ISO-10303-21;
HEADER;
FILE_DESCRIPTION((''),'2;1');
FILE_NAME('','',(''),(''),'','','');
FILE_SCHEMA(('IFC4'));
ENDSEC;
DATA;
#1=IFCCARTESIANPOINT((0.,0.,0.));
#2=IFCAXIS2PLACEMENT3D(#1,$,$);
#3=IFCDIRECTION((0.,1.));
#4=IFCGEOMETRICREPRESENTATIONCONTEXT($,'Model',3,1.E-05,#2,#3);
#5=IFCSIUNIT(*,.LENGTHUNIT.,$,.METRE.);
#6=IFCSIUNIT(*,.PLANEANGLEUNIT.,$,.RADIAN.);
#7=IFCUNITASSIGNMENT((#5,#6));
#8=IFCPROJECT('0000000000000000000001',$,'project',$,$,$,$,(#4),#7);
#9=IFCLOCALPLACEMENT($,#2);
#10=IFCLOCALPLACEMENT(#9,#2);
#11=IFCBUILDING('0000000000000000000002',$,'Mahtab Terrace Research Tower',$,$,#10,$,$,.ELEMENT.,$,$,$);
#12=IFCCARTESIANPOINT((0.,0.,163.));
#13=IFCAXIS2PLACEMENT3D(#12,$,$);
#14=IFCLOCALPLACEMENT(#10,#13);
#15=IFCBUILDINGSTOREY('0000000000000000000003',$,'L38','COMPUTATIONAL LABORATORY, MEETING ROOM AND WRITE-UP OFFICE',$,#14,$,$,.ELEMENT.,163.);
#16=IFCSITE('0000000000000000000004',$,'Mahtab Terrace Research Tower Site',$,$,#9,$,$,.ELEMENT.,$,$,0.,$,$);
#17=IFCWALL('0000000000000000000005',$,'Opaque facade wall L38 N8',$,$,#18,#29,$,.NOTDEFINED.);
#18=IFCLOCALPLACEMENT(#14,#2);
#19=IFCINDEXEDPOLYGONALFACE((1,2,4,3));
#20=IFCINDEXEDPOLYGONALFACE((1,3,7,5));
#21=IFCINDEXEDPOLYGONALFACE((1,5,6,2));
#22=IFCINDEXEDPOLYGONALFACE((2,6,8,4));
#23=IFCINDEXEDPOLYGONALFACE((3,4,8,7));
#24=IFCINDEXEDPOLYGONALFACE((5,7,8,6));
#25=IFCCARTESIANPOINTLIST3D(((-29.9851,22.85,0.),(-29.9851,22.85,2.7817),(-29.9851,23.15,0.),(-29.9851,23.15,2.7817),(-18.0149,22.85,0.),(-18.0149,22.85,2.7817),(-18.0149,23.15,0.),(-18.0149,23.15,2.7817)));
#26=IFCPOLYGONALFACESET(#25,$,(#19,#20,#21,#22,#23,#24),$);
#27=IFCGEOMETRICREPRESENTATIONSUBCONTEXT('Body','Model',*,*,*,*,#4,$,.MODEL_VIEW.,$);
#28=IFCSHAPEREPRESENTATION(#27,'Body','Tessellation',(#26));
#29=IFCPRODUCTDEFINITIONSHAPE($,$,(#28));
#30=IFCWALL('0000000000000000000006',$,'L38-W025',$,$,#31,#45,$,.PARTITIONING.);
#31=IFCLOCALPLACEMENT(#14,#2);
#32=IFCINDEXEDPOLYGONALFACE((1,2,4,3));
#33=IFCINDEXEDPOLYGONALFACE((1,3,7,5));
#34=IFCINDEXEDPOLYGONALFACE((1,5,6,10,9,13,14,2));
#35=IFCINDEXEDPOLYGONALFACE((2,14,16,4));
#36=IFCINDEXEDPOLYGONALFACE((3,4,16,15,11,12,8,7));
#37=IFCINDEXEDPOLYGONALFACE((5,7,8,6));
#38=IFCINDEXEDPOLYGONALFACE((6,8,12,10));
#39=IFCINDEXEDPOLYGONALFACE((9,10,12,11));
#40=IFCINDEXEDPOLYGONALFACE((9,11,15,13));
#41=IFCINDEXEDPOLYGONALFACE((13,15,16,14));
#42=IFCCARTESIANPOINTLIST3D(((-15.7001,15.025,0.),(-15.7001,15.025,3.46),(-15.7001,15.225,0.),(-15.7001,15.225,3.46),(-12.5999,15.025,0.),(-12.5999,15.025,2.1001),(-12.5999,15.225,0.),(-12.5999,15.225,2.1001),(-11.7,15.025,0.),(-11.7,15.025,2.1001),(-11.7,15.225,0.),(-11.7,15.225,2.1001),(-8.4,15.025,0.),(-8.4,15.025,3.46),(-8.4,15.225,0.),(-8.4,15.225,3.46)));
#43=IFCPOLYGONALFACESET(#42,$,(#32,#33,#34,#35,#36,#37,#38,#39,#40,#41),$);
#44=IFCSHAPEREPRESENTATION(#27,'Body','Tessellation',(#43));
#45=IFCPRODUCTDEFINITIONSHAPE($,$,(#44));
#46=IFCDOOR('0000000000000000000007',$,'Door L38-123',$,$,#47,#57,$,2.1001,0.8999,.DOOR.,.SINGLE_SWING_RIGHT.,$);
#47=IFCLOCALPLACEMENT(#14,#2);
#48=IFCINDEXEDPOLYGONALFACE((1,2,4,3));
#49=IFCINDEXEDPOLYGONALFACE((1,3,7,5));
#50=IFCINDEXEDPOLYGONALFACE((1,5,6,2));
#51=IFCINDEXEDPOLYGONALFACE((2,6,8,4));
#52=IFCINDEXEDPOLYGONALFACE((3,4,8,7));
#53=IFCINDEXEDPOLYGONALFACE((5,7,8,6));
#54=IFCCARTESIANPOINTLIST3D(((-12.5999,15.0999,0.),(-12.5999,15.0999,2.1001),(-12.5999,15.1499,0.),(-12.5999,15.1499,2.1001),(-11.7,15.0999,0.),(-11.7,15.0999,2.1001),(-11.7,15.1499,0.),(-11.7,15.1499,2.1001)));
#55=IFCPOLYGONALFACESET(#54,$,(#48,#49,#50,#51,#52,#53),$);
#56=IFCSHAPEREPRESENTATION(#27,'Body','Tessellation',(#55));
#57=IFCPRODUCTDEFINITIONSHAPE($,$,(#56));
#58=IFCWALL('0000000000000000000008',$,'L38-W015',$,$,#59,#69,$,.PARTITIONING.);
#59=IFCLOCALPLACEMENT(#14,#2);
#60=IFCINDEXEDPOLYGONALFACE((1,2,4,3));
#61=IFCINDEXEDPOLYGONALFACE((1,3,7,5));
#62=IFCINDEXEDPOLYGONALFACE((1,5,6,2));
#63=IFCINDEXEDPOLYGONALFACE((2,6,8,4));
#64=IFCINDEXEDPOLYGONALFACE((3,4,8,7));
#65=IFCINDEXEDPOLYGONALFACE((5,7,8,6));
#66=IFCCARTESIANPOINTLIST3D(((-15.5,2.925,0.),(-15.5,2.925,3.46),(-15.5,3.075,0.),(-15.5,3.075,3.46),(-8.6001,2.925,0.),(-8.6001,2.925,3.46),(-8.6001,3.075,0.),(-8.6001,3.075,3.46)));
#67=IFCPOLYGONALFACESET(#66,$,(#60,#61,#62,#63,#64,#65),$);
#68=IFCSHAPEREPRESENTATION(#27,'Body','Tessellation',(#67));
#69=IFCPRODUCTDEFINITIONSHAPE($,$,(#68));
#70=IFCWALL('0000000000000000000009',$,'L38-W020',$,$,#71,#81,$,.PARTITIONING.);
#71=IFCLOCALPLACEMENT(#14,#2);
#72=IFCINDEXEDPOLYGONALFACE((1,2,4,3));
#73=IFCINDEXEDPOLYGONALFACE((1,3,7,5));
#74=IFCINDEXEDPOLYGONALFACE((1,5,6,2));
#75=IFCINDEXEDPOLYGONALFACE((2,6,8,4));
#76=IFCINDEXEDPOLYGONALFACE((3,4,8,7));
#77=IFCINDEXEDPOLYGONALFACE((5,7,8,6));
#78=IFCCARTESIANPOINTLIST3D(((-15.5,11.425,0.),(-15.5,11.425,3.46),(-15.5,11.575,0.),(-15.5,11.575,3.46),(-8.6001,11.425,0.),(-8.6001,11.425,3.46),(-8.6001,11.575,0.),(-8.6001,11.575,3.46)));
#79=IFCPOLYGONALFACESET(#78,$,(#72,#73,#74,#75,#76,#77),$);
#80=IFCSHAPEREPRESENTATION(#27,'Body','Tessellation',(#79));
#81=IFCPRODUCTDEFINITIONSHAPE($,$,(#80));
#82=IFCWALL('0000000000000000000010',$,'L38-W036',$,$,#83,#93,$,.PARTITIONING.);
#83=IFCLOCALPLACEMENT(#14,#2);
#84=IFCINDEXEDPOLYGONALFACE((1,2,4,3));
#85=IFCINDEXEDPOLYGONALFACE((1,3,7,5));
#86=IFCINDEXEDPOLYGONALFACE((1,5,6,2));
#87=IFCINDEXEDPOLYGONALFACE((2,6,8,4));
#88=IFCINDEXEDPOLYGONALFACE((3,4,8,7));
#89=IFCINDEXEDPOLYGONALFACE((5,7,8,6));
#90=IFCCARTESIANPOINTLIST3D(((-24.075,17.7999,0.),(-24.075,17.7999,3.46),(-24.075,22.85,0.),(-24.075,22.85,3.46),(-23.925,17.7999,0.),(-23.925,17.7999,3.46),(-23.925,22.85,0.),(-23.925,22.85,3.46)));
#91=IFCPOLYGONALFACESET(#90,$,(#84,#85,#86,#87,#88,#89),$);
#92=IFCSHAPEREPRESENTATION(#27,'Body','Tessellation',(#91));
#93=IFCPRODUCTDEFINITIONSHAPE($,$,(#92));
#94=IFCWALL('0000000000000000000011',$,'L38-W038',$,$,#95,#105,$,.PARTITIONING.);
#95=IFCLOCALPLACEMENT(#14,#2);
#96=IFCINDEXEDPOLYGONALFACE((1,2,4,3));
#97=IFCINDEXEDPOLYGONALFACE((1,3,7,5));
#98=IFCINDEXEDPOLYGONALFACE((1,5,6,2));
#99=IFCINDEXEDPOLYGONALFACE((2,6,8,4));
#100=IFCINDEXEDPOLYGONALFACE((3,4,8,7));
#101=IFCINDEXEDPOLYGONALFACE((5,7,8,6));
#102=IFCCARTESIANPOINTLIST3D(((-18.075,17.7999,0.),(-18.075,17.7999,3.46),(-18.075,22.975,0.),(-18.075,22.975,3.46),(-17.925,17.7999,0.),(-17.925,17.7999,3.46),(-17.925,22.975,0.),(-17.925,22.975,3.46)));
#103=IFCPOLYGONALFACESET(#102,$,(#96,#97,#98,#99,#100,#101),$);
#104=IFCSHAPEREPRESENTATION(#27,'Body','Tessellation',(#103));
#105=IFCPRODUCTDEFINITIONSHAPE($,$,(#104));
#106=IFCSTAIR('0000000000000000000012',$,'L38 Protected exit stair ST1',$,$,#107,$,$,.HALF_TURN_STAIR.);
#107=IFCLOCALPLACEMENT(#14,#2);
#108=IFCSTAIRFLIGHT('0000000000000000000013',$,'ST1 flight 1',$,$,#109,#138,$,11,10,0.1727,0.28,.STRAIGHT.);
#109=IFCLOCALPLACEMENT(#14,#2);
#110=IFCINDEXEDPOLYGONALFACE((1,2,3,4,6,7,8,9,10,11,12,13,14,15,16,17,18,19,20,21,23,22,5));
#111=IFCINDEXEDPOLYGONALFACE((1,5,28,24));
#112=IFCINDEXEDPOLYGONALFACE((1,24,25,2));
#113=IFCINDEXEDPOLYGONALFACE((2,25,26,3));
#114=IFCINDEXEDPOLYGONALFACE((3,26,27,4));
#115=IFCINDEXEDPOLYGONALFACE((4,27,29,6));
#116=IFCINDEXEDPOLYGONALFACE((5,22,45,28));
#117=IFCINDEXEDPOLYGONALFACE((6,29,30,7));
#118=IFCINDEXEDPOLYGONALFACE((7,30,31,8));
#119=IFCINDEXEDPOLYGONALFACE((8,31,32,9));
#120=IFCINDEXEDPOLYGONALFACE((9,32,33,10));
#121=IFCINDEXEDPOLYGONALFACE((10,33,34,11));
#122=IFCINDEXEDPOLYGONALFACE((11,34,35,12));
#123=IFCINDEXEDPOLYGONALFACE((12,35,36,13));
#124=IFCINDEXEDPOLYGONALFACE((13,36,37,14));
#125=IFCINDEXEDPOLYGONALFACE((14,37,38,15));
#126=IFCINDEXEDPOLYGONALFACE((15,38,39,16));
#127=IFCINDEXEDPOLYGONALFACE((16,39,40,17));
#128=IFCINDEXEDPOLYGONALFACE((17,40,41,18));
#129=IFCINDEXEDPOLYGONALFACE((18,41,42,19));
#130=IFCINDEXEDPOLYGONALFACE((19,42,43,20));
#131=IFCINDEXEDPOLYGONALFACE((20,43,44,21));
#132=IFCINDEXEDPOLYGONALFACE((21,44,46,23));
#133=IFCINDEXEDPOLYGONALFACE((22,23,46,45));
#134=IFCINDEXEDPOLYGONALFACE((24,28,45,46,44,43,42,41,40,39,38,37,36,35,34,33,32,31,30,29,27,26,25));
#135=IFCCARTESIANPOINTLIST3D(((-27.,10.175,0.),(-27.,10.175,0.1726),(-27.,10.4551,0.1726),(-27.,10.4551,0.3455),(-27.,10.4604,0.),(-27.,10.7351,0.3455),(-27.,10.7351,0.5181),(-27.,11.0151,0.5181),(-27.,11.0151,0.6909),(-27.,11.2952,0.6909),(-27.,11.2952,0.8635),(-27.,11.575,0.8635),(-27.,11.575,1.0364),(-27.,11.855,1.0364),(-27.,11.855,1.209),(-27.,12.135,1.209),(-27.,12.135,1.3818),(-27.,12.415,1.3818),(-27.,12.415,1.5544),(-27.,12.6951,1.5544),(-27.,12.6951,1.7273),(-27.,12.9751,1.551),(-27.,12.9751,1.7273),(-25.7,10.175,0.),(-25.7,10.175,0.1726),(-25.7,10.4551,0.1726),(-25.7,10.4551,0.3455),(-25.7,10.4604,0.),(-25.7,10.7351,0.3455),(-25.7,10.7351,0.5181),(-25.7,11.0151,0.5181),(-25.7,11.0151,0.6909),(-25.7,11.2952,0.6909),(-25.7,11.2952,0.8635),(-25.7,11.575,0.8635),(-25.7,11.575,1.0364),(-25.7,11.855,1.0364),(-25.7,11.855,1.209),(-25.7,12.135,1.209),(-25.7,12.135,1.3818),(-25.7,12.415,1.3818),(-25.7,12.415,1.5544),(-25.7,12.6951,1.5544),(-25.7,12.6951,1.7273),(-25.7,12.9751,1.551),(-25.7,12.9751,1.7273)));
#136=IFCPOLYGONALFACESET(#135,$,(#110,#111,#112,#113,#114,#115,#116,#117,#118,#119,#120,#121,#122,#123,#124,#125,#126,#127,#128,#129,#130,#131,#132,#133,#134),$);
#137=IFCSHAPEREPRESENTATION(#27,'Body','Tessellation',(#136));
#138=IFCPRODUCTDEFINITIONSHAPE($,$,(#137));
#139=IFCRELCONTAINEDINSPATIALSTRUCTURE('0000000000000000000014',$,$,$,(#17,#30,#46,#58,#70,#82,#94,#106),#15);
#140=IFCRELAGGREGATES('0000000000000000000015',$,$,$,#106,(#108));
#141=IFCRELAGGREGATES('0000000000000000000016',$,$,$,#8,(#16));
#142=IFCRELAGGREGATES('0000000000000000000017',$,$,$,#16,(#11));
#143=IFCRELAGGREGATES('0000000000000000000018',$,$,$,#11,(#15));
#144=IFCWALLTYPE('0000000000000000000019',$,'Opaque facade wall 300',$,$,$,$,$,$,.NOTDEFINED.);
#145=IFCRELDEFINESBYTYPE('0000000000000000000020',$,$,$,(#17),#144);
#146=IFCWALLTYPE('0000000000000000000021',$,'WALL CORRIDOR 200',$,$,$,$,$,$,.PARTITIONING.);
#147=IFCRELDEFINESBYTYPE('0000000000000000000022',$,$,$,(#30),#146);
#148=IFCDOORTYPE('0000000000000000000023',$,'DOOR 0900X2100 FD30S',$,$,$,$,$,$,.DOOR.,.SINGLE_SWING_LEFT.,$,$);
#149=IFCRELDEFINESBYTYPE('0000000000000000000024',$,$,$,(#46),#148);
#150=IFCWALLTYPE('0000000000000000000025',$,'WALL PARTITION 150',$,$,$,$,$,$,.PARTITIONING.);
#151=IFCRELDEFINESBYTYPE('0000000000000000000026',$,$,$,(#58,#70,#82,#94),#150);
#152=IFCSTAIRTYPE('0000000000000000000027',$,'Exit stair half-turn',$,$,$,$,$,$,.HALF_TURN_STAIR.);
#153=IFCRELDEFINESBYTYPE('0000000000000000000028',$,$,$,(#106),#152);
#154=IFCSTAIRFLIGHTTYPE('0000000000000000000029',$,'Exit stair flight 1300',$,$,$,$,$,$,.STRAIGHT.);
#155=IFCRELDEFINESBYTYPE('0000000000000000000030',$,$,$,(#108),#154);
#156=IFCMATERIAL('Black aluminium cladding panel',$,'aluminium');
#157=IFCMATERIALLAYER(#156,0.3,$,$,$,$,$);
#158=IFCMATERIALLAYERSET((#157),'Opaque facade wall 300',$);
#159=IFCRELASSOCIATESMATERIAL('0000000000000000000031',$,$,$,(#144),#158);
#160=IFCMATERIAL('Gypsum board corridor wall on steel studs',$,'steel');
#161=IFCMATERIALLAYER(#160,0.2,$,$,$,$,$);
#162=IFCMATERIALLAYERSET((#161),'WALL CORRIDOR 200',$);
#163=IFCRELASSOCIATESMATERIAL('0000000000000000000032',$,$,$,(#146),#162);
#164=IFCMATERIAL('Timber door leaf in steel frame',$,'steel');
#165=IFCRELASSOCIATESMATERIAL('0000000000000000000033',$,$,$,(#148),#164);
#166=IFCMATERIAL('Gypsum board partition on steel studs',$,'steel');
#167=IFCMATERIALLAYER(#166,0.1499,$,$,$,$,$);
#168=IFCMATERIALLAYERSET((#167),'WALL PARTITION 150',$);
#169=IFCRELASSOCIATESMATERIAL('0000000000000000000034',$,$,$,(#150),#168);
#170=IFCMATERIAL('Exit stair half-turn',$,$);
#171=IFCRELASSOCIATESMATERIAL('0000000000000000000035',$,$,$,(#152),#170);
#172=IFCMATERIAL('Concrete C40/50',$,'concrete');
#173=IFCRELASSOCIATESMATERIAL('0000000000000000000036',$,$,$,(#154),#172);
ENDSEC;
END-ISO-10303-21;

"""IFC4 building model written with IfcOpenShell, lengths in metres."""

from ifc_helpers import new_model, si_unit, direction, frame, frame_2d, origin, place, context, subcontext, project, spatial, polyline, rectangle, outline, extrude, material, layer, layer_set, type_object, element, fill, aggregate, save


model = new_model("IFC4")

# Units and contexts
model_context = context("Model", 3, precision=1e-05, world=origin(), true_north=direction((0.0, 1.0)))
body_context = subcontext(model_context, "Body", "Model", "MODEL_VIEW")
ifc_project = project(units=[si_unit("LENGTHUNIT", "METRE"), si_unit("PLANEANGLEUNIT", "RADIAN")], contexts=[model_context])

# Site, building, storey
site_placement = place(None, origin())
site = spatial("IfcSite", under=ifc_project, at=site_placement, Name="Mahtab Terrace Research Tower Site", CompositionType="ELEMENT", RefElevation=0.0)
building_placement = place(site_placement, origin())
building = spatial("IfcBuilding", under=site, at=building_placement, Name="Mahtab Terrace Research Tower", CompositionType="ELEMENT")
storey_placement = place(building_placement, frame((0.0, 0.0, 163.0)))
storey = spatial("IfcBuildingStorey", under=building, at=storey_placement, Name="L38", Description="COMPUTATIONAL LABORATORY, MEETING ROOM AND WRITE-UP OFFICE", CompositionType="ELEMENT", Elevation=163.0)

# Wall
ifc_material_1 = material(Name="Black aluminium cladding panel", Category="aluminium")
ifc_layer_1 = layer(ifc_material_1, 0.3)
ifc_layer_set_1 = layer_set([ifc_layer_1], Name="Opaque facade wall 300")
wall_type_1 = type_object("IfcWallType", Name="Opaque facade wall 300", PredefinedType="NOTDEFINED", material=ifc_layer_set_1)
wall_1_placement = place(storey_placement, frame((-18.0149, 23.0, 0.0), z_axis=(0.0, 0.0, 1.0), x_axis=(-1.0, 0.0, 0.0)))
element("IfcWall", 1, at=wall_1_placement, inside=storey, type_object=wall_type_1, Name="Opaque facade wall L38 N8", PredefinedType="NOTDEFINED", context=body_context, shape_type="SweptSolid", body=[
    extrude(rectangle(XDim=11.9702, YDim=0.3, at=frame_2d((5.9851, 0.0))), origin(), (0.0, 0.0, 1.0), 2.7817),
])

# Wall, opening, door
ifc_material_2 = material(Name="Gypsum board corridor wall on steel studs", Category="steel")
ifc_layer_2 = layer(ifc_material_2, 0.2)
ifc_layer_set_2 = layer_set([ifc_layer_2], Name="WALL CORRIDOR 200")
wall_type_2 = type_object("IfcWallType", Name="WALL CORRIDOR 200", PredefinedType="PARTITIONING", material=ifc_layer_set_2)
wall_2_placement = place(storey_placement, frame((-15.7, 15.125, 0.0), z_axis=(0.0, 0.0, 1.0), x_axis=(1.0, 0.0, 0.0)))
wall_2 = element("IfcWall", 2, at=wall_2_placement, inside=storey, type_object=wall_type_2, Name="L38-W025", PredefinedType="PARTITIONING", context=body_context, shape_type="SweptSolid", body=[
    extrude(rectangle(XDim=7.3, YDim=0.2, at=frame_2d((3.6499, 0.0))), origin(), (0.0, 0.0, 1.0), 3.46),
])
opening_1_placement = place(wall_2_placement, frame((3.1001, 0.0, 0.0)))
opening_1 = element("IfcOpeningElement", 3, at=opening_1_placement, cuts=wall_2, PredefinedType="OPENING", context=body_context, shape_type="SweptSolid", body=[
    extrude(rectangle(XDim=0.8999, YDim=2.1001, at=frame_2d((0.45, 1.05))), frame((0.0, 0.1099, 0.0), z_axis=(0.0, -1.0, 0.0), x_axis=(1.0, 0.0, 0.0)), (0.0, 0.0, 1.0), 0.22),
])
ifc_material_3 = material(Name="Timber door leaf in steel frame", Category="steel")
door_type_1 = type_object("IfcDoorType", Name="DOOR 0900X2100 FD30S", OperationType="SINGLE_SWING_LEFT", PredefinedType="DOOR", material=ifc_material_3)
door_1_placement = place(opening_1_placement, origin())
door_1 = element("IfcDoor", 4, at=door_1_placement, inside=storey, type_object=door_type_1, Name="Door L38-123", OperationType="SINGLE_SWING_RIGHT", OverallHeight=2.1001, OverallWidth=0.8999, PredefinedType="DOOR", context=body_context, shape_type="SweptSolid", body=[
    extrude(rectangle(XDim=0.8999, YDim=2.1001, at=frame_2d((0.45, 1.05))), frame((0.0, 0.0249, 0.0), z_axis=(0.0, -1.0, 0.0), x_axis=(1.0, 0.0, 0.0)), (0.0, 0.0, 1.0), 0.05),
])
fill(opening_1, door_1)

# Walls
ifc_material_4 = material(Name="Gypsum board partition on steel studs", Category="steel")
ifc_layer_3 = layer(ifc_material_4, 0.1499)
ifc_layer_set_3 = layer_set([ifc_layer_3], Name="WALL PARTITION 150")
wall_type_3 = type_object("IfcWallType", Name="WALL PARTITION 150", PredefinedType="PARTITIONING", material=ifc_layer_set_3)
for number, where, z_axis, x_axis, name in (
    (5, (-15.5, 3.0, 0.0), (0.0, 0.0, 1.0), (1.0, 0.0, 0.0), "L38-W015"),
    (6, (-15.5, 11.5, 0.0), (0.0, 0.0, 1.0), (1.0, 0.0, 0.0), "L38-W020"),
):
    element("IfcWall", number, at=place(storey_placement, frame(where, z_axis=z_axis, x_axis=x_axis)), inside=storey, type_object=wall_type_3, Name=name, PredefinedType="PARTITIONING", context=body_context, shape_type="SweptSolid", body=[
        extrude(rectangle(XDim=6.8999, YDim=0.1499, at=frame_2d((3.45, 0.0))), origin(), (0.0, 0.0, 1.0), 3.46),
    ])
wall_3_placement = place(storey_placement, frame((-24.0, 17.8, 0.0), z_axis=(0.0, 0.0, 1.0), x_axis=(0.0, 1.0, 0.0)))
element("IfcWall", 7, at=wall_3_placement, inside=storey, type_object=wall_type_3, Name="L38-W036", PredefinedType="PARTITIONING", context=body_context, shape_type="SweptSolid", body=[
    extrude(rectangle(XDim=5.05, YDim=0.1499, at=frame_2d((2.5249, 0.0))), origin(), (0.0, 0.0, 1.0), 3.46),
])
wall_4_placement = place(storey_placement, frame((-18.0, 17.8, 0.0), z_axis=(0.0, 0.0, 1.0), x_axis=(0.0, 1.0, 0.0)))
element("IfcWall", 8, at=wall_4_placement, inside=storey, type_object=wall_type_3, Name="L38-W038", PredefinedType="PARTITIONING", context=body_context, shape_type="SweptSolid", body=[
    extrude(rectangle(XDim=5.175, YDim=0.1499, at=frame_2d((2.5874, 0.0))), origin(), (0.0, 0.0, 1.0), 3.46),
])

# Stair, stair flight
ifc_material_5 = material(Name="Exit stair half-turn")
stair_type = type_object("IfcStairType", Name="Exit stair half-turn", PredefinedType="HALF_TURN_STAIR", material=ifc_material_5)
stair_placement = place(storey_placement, origin())
stair = element("IfcStair", 9, at=stair_placement, inside=storey, type_object=stair_type, Name="L38 Protected exit stair ST1", PredefinedType="HALF_TURN_STAIR")
ifc_material_6 = material(Name="Concrete C40/50", Category="concrete")
stair_flight_type = type_object("IfcStairFlightType", Name="Exit stair flight 1300", PredefinedType="STRAIGHT", material=ifc_material_6)
stair_flight_placement = place(storey_placement, frame((-26.3501, 10.175, 0.0), z_axis=(0.0, 0.0, 1.0), x_axis=(0.0, 1.0, 0.0)))
stair_flight = element("IfcStairFlight", 10, at=stair_flight_placement, type_object=stair_flight_type, Name="ST1 flight 1", NumberOfRisers=11, NumberOfTreads=10, PredefinedType="STRAIGHT", RiserHeight=0.1727, TreadLength=0.28, context=body_context, shape_type="SweptSolid", body=[
    extrude(outline(polyline([(0.0, 0.0), (0.0, 0.1726), (0.28, 0.1726), (0.28, 0.3455), (0.5601, 0.3455), (0.5601, 0.5181), (0.8401, 0.5181), (0.8401, 0.6909), (1.1201, 0.6909), (1.1201, 0.8635), (1.3999, 0.8635), (1.3999, 1.0364), (1.6799, 1.0364), (1.6799, 1.209), (1.96, 1.209), (1.96, 1.3818), (2.24, 1.3818), (2.24, 1.5544), (2.52, 1.5544), (2.52, 1.7273), (2.8, 1.7273), (2.8, 1.8999), (2.8, 1.551), (0.2854, 0.0), (0.0, 0.0)])), frame((0.0, 0.6499, 0.0), z_axis=(0.0, -1.0, 0.0), x_axis=(1.0, 0.0, 0.0)), (0.0, 0.0, 1.0), 1.3),
])
aggregate(stair, [stair_flight])

save(model, "model.ifc")
